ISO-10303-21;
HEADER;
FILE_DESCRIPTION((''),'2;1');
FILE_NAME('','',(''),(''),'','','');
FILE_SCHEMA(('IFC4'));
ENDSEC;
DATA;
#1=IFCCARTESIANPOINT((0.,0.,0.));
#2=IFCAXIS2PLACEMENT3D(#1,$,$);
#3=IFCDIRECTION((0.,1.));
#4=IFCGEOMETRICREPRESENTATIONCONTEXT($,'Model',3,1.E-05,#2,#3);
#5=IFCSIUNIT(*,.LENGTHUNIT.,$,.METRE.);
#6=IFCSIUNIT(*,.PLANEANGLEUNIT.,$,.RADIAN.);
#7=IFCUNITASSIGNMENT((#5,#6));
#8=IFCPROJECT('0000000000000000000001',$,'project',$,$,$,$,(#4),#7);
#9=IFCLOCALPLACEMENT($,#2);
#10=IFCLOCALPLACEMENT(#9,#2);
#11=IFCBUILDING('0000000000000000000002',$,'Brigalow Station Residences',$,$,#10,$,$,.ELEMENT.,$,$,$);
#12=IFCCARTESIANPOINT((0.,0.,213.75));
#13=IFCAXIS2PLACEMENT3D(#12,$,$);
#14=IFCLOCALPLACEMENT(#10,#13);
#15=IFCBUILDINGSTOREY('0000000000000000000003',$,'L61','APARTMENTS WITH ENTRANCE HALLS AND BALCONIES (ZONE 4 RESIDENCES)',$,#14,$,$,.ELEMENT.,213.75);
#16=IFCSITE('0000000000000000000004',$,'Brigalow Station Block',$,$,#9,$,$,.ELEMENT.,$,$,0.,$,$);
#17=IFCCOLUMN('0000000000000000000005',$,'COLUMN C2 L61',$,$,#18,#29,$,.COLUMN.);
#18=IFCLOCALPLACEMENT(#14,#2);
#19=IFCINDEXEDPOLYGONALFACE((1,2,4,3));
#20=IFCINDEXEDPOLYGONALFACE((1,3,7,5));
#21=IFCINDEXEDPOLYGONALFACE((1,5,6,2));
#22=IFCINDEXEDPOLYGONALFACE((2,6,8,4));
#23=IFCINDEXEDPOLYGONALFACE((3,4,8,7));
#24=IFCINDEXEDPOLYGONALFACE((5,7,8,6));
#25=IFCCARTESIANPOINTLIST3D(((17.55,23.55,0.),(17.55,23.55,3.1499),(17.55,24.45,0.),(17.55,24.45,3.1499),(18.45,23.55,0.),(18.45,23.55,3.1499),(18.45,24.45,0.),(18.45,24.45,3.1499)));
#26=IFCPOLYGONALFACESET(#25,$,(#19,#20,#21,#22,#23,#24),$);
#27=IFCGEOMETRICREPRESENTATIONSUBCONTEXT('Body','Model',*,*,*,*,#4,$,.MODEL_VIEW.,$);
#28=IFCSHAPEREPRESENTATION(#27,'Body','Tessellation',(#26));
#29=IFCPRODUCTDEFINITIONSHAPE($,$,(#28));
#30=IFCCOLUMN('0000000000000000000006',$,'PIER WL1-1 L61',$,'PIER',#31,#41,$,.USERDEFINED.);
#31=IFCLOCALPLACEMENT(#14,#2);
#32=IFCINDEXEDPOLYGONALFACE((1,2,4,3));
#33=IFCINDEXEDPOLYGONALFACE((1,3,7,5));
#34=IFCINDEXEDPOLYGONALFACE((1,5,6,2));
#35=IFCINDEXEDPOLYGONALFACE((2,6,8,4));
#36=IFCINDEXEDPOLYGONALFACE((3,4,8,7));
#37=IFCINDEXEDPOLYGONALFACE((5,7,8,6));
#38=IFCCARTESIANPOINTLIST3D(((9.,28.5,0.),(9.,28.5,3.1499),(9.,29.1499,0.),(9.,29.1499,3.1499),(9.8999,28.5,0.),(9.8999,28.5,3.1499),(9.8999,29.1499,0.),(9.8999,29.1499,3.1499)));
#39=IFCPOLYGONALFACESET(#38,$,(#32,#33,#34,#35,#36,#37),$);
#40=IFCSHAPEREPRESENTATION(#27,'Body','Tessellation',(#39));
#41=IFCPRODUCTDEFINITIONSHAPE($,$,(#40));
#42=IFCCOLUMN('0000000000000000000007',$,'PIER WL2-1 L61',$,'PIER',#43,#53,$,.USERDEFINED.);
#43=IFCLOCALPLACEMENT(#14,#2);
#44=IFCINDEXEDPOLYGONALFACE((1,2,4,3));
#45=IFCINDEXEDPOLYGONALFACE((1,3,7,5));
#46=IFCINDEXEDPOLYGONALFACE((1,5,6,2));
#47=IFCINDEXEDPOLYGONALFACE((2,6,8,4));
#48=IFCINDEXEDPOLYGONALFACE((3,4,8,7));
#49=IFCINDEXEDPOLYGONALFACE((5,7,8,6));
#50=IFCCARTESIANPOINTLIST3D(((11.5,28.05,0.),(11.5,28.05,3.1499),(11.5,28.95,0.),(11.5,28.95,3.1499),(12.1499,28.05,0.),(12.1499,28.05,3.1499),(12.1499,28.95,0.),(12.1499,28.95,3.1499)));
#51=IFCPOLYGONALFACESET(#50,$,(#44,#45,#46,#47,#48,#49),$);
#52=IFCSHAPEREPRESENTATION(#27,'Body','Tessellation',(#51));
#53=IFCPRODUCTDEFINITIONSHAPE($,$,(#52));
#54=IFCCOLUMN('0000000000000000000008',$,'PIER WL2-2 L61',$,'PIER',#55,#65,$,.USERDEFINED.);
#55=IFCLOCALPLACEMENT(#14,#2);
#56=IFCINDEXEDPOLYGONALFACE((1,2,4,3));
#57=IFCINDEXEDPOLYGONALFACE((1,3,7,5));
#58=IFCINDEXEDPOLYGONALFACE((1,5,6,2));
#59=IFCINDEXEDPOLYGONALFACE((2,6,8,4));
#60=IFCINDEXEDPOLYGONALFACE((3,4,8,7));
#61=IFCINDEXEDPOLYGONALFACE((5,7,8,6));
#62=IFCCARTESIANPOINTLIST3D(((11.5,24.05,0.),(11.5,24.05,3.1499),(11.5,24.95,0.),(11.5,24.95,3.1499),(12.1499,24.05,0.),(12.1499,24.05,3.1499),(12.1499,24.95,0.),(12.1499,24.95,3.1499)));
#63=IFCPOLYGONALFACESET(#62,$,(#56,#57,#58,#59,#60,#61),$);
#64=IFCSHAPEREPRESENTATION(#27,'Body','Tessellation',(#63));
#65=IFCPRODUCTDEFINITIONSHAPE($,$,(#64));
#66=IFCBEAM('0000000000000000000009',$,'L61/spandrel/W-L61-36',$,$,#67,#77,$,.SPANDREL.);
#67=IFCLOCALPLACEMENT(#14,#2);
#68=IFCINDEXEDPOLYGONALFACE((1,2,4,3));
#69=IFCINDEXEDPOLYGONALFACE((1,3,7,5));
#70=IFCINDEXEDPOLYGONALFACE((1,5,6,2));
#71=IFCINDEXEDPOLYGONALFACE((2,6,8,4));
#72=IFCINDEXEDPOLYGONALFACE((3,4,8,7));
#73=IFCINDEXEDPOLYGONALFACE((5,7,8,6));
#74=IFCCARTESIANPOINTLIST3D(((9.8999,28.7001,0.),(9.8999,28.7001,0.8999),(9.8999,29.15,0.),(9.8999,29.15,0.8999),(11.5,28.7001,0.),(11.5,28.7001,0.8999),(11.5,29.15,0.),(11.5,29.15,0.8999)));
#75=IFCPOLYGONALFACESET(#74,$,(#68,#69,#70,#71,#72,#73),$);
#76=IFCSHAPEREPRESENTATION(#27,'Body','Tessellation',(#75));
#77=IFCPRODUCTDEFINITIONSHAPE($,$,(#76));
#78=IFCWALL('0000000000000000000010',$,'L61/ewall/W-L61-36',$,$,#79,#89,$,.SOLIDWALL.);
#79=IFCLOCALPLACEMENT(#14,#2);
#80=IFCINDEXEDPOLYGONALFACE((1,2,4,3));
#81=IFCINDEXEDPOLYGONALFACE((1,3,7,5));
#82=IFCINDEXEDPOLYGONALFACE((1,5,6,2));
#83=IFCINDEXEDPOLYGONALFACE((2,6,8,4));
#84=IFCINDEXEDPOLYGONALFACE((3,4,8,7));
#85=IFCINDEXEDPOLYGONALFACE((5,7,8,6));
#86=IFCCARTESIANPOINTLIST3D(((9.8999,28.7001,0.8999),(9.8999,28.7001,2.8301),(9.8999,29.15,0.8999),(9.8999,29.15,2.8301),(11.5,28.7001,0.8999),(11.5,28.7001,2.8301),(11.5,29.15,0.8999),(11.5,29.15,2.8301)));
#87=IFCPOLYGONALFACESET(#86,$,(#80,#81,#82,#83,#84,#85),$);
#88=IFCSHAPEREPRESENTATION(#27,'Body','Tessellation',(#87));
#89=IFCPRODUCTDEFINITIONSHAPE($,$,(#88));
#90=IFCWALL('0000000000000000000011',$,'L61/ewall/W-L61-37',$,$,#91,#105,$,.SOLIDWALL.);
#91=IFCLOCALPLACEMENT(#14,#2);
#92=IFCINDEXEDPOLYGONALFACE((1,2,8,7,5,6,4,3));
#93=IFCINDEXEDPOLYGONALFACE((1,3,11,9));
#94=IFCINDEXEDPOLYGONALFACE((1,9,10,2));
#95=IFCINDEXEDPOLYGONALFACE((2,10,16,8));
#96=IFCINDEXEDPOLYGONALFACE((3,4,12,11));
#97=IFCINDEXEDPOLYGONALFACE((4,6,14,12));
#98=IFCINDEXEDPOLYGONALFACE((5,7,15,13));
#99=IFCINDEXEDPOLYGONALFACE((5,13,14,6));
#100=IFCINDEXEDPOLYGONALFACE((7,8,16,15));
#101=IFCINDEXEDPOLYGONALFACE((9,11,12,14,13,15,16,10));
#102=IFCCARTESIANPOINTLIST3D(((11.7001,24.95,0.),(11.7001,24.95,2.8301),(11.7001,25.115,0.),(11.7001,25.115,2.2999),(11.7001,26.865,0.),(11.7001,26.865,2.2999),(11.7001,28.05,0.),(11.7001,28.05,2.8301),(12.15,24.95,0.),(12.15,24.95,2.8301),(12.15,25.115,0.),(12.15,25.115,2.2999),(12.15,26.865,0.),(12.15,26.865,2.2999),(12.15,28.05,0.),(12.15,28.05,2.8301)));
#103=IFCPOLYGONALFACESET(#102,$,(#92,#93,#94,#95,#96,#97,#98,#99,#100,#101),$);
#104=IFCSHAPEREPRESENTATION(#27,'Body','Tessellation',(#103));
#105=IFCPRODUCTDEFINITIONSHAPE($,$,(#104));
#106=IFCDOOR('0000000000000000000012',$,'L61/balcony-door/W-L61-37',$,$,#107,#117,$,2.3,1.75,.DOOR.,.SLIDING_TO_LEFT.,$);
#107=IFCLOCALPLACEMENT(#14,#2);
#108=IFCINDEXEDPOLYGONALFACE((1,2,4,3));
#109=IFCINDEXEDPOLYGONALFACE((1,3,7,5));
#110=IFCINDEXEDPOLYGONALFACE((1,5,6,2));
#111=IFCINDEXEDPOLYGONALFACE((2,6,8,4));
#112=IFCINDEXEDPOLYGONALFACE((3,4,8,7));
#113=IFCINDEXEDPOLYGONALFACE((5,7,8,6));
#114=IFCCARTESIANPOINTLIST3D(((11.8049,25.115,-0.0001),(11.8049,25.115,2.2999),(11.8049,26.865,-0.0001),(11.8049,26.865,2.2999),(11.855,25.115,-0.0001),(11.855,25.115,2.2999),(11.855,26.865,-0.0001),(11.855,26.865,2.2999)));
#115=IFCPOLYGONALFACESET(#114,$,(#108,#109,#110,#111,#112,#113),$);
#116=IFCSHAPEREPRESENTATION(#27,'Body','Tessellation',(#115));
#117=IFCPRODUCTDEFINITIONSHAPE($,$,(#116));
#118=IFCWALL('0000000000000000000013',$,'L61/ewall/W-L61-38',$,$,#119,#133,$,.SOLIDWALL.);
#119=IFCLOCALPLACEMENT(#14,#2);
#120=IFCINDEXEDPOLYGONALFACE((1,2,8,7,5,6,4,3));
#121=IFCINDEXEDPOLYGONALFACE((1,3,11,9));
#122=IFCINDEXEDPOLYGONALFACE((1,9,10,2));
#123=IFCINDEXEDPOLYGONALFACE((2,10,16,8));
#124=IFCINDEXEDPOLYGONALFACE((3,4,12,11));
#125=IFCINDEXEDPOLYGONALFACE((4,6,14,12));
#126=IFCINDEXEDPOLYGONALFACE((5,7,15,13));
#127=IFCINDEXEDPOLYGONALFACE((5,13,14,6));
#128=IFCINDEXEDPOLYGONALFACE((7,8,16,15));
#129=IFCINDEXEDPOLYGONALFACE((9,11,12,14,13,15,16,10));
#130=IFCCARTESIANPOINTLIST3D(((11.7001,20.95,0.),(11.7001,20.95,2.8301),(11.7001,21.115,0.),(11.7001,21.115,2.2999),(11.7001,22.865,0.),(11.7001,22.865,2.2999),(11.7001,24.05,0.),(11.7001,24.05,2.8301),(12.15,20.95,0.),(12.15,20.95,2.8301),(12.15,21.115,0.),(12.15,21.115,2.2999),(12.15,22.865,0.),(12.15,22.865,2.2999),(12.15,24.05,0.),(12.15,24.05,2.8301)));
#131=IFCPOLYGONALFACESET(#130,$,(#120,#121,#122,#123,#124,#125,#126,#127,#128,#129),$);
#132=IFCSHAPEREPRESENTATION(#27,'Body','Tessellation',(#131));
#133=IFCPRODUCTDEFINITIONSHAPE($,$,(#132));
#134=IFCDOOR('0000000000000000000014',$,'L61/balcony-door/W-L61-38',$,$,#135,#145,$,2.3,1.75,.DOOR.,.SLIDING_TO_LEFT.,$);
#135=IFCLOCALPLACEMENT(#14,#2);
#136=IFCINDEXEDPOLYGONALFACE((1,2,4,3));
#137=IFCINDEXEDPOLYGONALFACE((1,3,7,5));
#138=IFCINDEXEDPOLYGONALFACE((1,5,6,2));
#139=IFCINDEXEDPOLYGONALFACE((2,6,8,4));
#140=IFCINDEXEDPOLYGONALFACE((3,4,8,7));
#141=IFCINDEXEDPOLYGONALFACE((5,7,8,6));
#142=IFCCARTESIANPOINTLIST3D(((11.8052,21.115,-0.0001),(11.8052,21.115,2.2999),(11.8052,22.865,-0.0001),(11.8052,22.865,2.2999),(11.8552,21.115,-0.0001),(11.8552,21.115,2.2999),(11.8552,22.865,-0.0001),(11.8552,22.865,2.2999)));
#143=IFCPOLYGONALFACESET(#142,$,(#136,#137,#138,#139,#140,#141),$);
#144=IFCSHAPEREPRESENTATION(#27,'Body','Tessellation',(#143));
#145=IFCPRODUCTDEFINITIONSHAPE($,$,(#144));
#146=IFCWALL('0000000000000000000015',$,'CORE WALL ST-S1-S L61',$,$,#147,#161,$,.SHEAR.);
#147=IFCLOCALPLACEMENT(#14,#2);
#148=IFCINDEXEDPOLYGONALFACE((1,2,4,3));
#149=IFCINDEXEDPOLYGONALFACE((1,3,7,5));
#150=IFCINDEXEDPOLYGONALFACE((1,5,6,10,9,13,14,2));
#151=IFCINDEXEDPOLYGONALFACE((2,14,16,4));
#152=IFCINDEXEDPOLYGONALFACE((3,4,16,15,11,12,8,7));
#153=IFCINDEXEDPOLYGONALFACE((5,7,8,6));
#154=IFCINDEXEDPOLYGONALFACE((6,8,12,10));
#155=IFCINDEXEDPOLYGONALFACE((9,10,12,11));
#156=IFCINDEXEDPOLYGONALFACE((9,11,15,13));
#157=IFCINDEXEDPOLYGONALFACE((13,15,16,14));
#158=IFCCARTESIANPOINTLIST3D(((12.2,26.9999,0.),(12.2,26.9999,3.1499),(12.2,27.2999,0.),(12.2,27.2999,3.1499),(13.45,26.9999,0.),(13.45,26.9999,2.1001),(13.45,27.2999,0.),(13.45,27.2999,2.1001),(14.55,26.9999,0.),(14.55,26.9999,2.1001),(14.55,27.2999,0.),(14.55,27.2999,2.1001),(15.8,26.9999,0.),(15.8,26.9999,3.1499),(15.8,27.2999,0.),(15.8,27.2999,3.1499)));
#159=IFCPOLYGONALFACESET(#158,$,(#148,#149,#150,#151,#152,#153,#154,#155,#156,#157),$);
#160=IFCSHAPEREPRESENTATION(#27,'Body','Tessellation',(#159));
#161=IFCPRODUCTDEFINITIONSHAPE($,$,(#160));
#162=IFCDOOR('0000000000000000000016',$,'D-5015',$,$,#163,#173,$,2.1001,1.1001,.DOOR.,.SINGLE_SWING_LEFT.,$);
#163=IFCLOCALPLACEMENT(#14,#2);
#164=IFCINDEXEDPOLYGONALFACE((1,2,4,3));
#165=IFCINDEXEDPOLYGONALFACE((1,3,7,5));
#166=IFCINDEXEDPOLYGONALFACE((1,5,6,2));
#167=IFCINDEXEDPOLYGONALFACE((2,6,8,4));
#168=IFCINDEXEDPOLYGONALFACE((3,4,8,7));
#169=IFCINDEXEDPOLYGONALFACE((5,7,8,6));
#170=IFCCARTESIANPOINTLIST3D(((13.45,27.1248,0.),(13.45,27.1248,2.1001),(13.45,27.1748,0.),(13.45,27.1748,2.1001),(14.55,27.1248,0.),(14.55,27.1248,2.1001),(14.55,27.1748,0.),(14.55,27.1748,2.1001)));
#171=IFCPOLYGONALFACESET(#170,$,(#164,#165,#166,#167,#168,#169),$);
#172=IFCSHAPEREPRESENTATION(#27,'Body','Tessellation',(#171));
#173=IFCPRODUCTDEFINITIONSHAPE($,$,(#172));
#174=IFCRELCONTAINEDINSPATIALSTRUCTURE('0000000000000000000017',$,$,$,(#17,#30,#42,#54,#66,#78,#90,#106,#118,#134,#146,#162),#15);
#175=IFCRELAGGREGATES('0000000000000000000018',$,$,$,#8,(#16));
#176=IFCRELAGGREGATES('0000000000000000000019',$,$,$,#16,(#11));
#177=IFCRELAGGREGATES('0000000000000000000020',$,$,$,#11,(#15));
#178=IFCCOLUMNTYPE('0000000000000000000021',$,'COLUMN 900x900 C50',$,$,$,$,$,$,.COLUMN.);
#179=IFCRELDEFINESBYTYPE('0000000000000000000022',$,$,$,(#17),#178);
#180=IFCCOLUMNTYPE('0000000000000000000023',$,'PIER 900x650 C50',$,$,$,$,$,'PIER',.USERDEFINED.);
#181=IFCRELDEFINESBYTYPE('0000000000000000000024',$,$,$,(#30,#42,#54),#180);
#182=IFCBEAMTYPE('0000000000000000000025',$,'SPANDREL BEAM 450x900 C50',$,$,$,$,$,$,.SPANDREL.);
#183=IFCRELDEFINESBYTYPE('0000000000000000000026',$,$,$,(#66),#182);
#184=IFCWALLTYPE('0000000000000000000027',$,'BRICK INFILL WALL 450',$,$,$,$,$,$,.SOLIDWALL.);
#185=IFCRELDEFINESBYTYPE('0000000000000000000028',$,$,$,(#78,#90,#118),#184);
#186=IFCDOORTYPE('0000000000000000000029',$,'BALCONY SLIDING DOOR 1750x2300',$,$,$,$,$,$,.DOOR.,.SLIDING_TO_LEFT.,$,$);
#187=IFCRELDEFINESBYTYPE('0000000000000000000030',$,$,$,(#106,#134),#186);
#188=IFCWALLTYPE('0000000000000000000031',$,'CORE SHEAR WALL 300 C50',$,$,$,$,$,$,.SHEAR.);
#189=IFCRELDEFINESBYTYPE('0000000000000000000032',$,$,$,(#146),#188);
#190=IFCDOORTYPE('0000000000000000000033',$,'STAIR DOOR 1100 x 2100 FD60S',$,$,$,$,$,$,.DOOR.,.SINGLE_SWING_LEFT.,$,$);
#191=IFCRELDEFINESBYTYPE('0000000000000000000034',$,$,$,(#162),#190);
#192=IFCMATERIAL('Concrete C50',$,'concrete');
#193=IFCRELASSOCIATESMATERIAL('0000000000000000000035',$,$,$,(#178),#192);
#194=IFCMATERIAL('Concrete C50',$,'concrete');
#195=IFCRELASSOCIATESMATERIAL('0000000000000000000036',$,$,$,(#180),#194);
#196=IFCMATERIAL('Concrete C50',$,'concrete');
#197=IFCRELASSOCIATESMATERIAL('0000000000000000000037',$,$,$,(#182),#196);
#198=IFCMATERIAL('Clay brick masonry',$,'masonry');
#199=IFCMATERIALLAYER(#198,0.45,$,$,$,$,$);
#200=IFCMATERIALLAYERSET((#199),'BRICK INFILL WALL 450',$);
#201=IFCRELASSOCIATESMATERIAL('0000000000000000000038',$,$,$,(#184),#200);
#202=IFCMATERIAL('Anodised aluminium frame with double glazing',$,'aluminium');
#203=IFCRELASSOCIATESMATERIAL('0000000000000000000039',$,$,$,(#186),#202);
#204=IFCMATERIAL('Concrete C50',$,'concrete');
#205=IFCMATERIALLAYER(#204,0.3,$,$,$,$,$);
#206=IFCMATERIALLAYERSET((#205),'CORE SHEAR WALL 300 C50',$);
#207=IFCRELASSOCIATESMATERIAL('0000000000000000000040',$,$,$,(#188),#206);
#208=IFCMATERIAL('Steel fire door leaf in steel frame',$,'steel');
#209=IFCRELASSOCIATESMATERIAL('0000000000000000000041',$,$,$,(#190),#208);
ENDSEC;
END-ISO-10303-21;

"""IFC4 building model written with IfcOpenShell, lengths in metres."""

from ifc_helpers import new_model, si_unit, direction, frame, frame_2d, origin, origin_2d, place, context, subcontext, project, spatial, rectangle, extrude, material, layer, layer_set, material_profile, profile_set, type_object, element, fill, save


model = new_model("IFC4")

# Units and contexts
model_context = context("Model", 3, precision=1e-05, world=origin(), true_north=direction((0.0, 1.0)))
body_context = subcontext(model_context, "Body", "Model", "MODEL_VIEW")
ifc_project = project(units=[si_unit("LENGTHUNIT", "METRE"), si_unit("PLANEANGLEUNIT", "RADIAN")], contexts=[model_context])

# Site, building, storey
site_placement = place(None, origin())
site = spatial("IfcSite", under=ifc_project, at=site_placement, Name="Brigalow Station Block", CompositionType="ELEMENT", RefElevation=0.0)
building_placement = place(site_placement, origin())
building = spatial("IfcBuilding", under=site, at=building_placement, Name="Brigalow Station Residences", CompositionType="ELEMENT")
storey_placement = place(building_placement, frame((0.0, 0.0, 213.75)))
storey = spatial("IfcBuildingStorey", under=building, at=storey_placement, Name="L61", Description="APARTMENTS WITH ENTRANCE HALLS AND BALCONIES (ZONE 4 RESIDENCES)", CompositionType="ELEMENT", Elevation=213.75)

# Columns
ifc_material_1 = material(Name="Concrete C50", Category="concrete")
ifc_material_profile_1 = material_profile(ifc_material_1, rectangle(XDim=0.8999, YDim=0.8999, at=origin_2d()), Name="RC900x900")
ifc_profile_set_1 = profile_set([ifc_material_profile_1], Name="Concrete C50")
column_type_1 = type_object("IfcColumnType", Name="COLUMN 900x900 C50", PredefinedType="COLUMN", material=ifc_profile_set_1)
column_placement = place(storey_placement, frame((18.0, 24.0, 0.0), z_axis=(0.0, 0.0, 1.0), x_axis=(1.0, 0.0, 0.0)))
element("IfcColumn", 1, at=column_placement, inside=storey, type_object=column_type_1, Name="COLUMN C2 L61", PredefinedType="COLUMN", context=body_context, shape_type="SweptSolid", body=[
    extrude(rectangle(XDim=0.8999, YDim=0.8999, at=origin_2d()), origin(), (0.0, 0.0, 1.0), 3.1499),
])
ifc_material_2 = material(Name="Concrete C50", Category="concrete")
ifc_material_profile_2 = material_profile(ifc_material_2, rectangle(XDim=0.8999, YDim=0.6499, at=origin_2d()), Name="RC900x650")
ifc_profile_set_2 = profile_set([ifc_material_profile_2], Name="Concrete C50")
column_type_2 = type_object("IfcColumnType", Name="PIER 900x650 C50", ElementType="PIER", PredefinedType="USERDEFINED", material=ifc_profile_set_2)
for number, where, z_axis, x_axis, name in (
    (2, (9.45, 28.825, 0.0), (0.0, 0.0, 1.0), (1.0, 0.0, 0.0), "PIER WL1-1 L61"),
    (3, (11.825, 28.5, 0.0), (0.0, 0.0, 1.0), (0.0, -1.0, 0.0), "PIER WL2-1 L61"),
    (4, (11.825, 24.5, 0.0), (0.0, 0.0, 1.0), (0.0, -1.0, 0.0), "PIER WL2-2 L61"),
):
    element("IfcColumn", number, at=place(storey_placement, frame(where, z_axis=z_axis, x_axis=x_axis)), inside=storey, type_object=column_type_2, Name=name, ObjectType="PIER", PredefinedType="USERDEFINED", context=body_context, shape_type="SweptSolid", body=[
        extrude(rectangle(XDim=0.8999, YDim=0.6499, at=origin_2d()), origin(), (0.0, 0.0, 1.0), 3.1499),
    ])

# Beam
ifc_material_3 = material(Name="Concrete C50", Category="concrete")
ifc_material_profile_3 = material_profile(ifc_material_3, rectangle(XDim=0.45, YDim=0.8999, at=origin_2d()), Name="RC450x900")
ifc_profile_set_3 = profile_set([ifc_material_profile_3], Name="Concrete C50")
beam_type = type_object("IfcBeamType", Name="SPANDREL BEAM 450x900 C50", PredefinedType="SPANDREL", material=ifc_profile_set_3)
beam_placement = place(storey_placement, frame((9.8999, 28.925, 0.45), z_axis=(1.0, 0.0, 0.0), x_axis=(0.0, 1.0, 0.0)))
element("IfcBeam", 5, at=beam_placement, inside=storey, type_object=beam_type, Name="L61/spandrel/W-L61-36", PredefinedType="SPANDREL", context=body_context, shape_type="SweptSolid", body=[
    extrude(rectangle(XDim=0.45, YDim=0.8999, at=origin_2d()), origin(), (0.0, 0.0, 1.0), 1.6001),
])

# Wall
ifc_material_4 = material(Name="Clay brick masonry", Category="masonry")
ifc_layer_1 = layer(ifc_material_4, 0.45)
ifc_layer_set_1 = layer_set([ifc_layer_1], Name="BRICK INFILL WALL 450")
wall_type_1 = type_object("IfcWallType", Name="BRICK INFILL WALL 450", PredefinedType="SOLIDWALL", material=ifc_layer_set_1)
wall_1_placement = place(storey_placement, frame((9.8999, 28.925, 0.8999), z_axis=(0.0, 0.0, 1.0), x_axis=(1.0, 0.0, 0.0)))
element("IfcWall", 6, at=wall_1_placement, inside=storey, type_object=wall_type_1, Name="L61/ewall/W-L61-36", PredefinedType="SOLIDWALL", context=body_context, shape_type="SweptSolid", body=[
    extrude(rectangle(XDim=1.6001, YDim=0.45, at=frame_2d((0.8, 0.0))), origin(), (0.0, 0.0, 1.0), 1.9302),
])

# Walls, openings, doors
wall_2_placement = place(storey_placement, frame((11.925, 28.05, 0.0), z_axis=(0.0, 0.0, 1.0), x_axis=(0.0, -1.0, 0.0)))
wall_2 = element("IfcWall", 7, at=wall_2_placement, inside=storey, type_object=wall_type_1, Name="L61/ewall/W-L61-37", PredefinedType="SOLIDWALL", context=body_context, shape_type="SweptSolid", body=[
    extrude(rectangle(XDim=3.1001, YDim=0.45, at=frame_2d((1.55, 0.0))), origin(), (0.0, 0.0, 1.0), 2.8301),
])
opening_1_placement = place(wall_2_placement, frame((1.1851, 0.0, 0.0)))
opening_1 = element("IfcOpeningElement", 8, at=opening_1_placement, cuts=wall_2, PredefinedType="OPENING", context=body_context, shape_type="SweptSolid", body=[
    extrude(rectangle(XDim=1.75, YDim=2.3, at=frame_2d((0.875, 1.1499))), frame((0.0, 0.2349, 0.0), z_axis=(0.0, -1.0, 0.0), x_axis=(1.0, 0.0, 0.0)), (0.0, 0.0, 1.0), 0.47),
])
ifc_material_5 = material(Name="Anodised aluminium frame with double glazing", Category="aluminium")
door_type_1 = type_object("IfcDoorType", Name="BALCONY SLIDING DOOR 1750x2300", OperationType="SLIDING_TO_LEFT", PredefinedType="DOOR", material=ifc_material_5)
door_1_placement = place(opening_1_placement, frame((1.75, -0.1899, 0.0), z_axis=(0.0, 0.0, 1.0), x_axis=(-1.0, 0.0, 0.0)))
door_1 = element("IfcDoor", 9, at=door_1_placement, inside=storey, type_object=door_type_1, Name="L61/balcony-door/W-L61-37", OperationType="SLIDING_TO_LEFT", OverallHeight=2.3, OverallWidth=1.75, PredefinedType="DOOR", context=body_context, shape_type="SweptSolid", body=[
    extrude(rectangle(XDim=1.75, YDim=2.3, at=frame_2d((0.875, 1.1499))), frame((0.0, -0.0698, 0.0), z_axis=(0.0, -1.0, 0.0), x_axis=(1.0, 0.0, 0.0)), (0.0, 0.0, 1.0), 0.05),
])
fill(opening_1, door_1)
wall_3_placement = place(storey_placement, frame((11.925, 24.05, 0.0), z_axis=(0.0, 0.0, 1.0), x_axis=(0.0, -1.0, 0.0)))
wall_3 = element("IfcWall", 10, at=wall_3_placement, inside=storey, type_object=wall_type_1, Name="L61/ewall/W-L61-38", PredefinedType="SOLIDWALL", context=body_context, shape_type="SweptSolid", body=[
    extrude(rectangle(XDim=3.1001, YDim=0.45, at=frame_2d((1.55, 0.0))), origin(), (0.0, 0.0, 1.0), 2.8301),
])
opening_2_placement = place(wall_3_placement, frame((1.1851, 0.0, 0.0)))
opening_2 = element("IfcOpeningElement", 11, at=opening_2_placement, cuts=wall_3, PredefinedType="OPENING", context=body_context, shape_type="SweptSolid", body=[
    extrude(rectangle(XDim=1.75, YDim=2.3, at=frame_2d((0.875, 1.1499))), frame((0.0, 0.2349, 0.0), z_axis=(0.0, -1.0, 0.0), x_axis=(1.0, 0.0, 0.0)), (0.0, 0.0, 1.0), 0.47),
])
door_2_placement = place(opening_2_placement, origin())
door_2 = element("IfcDoor", 12, at=door_2_placement, inside=storey, type_object=door_type_1, Name="L61/balcony-door/W-L61-38", OperationType="SLIDING_TO_LEFT", OverallHeight=2.3, OverallWidth=1.75, PredefinedType="DOOR", context=body_context, shape_type="SweptSolid", body=[
    extrude(rectangle(XDim=1.75, YDim=2.3, at=frame_2d((0.875, 1.1499))), frame((0.0, -0.0698, 0.0), z_axis=(0.0, -1.0, 0.0), x_axis=(1.0, 0.0, 0.0)), (0.0, 0.0, 1.0), 0.05),
])
fill(opening_2, door_2)
ifc_material_6 = material(Name="Concrete C50", Category="concrete")
ifc_layer_2 = layer(ifc_material_6, 0.3)
ifc_layer_set_2 = layer_set([ifc_layer_2], Name="CORE SHEAR WALL 300 C50")
wall_type_2 = type_object("IfcWallType", Name="CORE SHEAR WALL 300 C50", PredefinedType="SHEAR", material=ifc_layer_set_2)
wall_4_placement = place(storey_placement, frame((12.2, 27.1499, 0.0), z_axis=(0.0, 0.0, 1.0), x_axis=(1.0, 0.0, 0.0)))
wall_4 = element("IfcWall", 13, at=wall_4_placement, inside=storey, type_object=wall_type_2, Name="CORE WALL ST-S1-S L61", PredefinedType="SHEAR", context=body_context, shape_type="SweptSolid", body=[
    extrude(rectangle(XDim=3.6001, YDim=0.3, at=frame_2d((1.8, 0.0))), origin(), (0.0, 0.0, 1.0), 3.1499),
])
opening_3_placement = place(wall_4_placement, frame((1.25, 0.0, 0.0)))
opening_3 = element("IfcOpeningElement", 14, at=opening_3_placement, cuts=wall_4, PredefinedType="OPENING", context=body_context, shape_type="SweptSolid", body=[
    extrude(rectangle(XDim=1.1001, YDim=2.1001, at=frame_2d((0.55, 1.05))), frame((0.0, 0.1602, 0.0), z_axis=(0.0, -1.0, 0.0), x_axis=(1.0, 0.0, 0.0)), (0.0, 0.0, 1.0), 0.3201),
])
ifc_material_7 = material(Name="Steel fire door leaf in steel frame", Category="steel")
door_type_2 = type_object("IfcDoorType", Name="STAIR DOOR 1100 x 2100 FD60S", OperationType="SINGLE_SWING_LEFT", PredefinedType="DOOR", material=ifc_material_7)
door_3_placement = place(opening_3_placement, origin())
door_3 = element("IfcDoor", 15, at=door_3_placement, inside=storey, type_object=door_type_2, Name="D-5015", OperationType="SINGLE_SWING_LEFT", OverallHeight=2.1001, OverallWidth=1.1001, PredefinedType="DOOR", context=body_context, shape_type="SweptSolid", body=[
    extrude(rectangle(XDim=1.1001, YDim=2.1001, at=frame_2d((0.55, 1.05))), frame((0.0, 0.0249, 0.0), z_axis=(0.0, -1.0, 0.0), x_axis=(1.0, 0.0, 0.0)), (0.0, 0.0, 1.0), 0.05),
])
fill(opening_3, door_3)

save(model, "model.ifc")
